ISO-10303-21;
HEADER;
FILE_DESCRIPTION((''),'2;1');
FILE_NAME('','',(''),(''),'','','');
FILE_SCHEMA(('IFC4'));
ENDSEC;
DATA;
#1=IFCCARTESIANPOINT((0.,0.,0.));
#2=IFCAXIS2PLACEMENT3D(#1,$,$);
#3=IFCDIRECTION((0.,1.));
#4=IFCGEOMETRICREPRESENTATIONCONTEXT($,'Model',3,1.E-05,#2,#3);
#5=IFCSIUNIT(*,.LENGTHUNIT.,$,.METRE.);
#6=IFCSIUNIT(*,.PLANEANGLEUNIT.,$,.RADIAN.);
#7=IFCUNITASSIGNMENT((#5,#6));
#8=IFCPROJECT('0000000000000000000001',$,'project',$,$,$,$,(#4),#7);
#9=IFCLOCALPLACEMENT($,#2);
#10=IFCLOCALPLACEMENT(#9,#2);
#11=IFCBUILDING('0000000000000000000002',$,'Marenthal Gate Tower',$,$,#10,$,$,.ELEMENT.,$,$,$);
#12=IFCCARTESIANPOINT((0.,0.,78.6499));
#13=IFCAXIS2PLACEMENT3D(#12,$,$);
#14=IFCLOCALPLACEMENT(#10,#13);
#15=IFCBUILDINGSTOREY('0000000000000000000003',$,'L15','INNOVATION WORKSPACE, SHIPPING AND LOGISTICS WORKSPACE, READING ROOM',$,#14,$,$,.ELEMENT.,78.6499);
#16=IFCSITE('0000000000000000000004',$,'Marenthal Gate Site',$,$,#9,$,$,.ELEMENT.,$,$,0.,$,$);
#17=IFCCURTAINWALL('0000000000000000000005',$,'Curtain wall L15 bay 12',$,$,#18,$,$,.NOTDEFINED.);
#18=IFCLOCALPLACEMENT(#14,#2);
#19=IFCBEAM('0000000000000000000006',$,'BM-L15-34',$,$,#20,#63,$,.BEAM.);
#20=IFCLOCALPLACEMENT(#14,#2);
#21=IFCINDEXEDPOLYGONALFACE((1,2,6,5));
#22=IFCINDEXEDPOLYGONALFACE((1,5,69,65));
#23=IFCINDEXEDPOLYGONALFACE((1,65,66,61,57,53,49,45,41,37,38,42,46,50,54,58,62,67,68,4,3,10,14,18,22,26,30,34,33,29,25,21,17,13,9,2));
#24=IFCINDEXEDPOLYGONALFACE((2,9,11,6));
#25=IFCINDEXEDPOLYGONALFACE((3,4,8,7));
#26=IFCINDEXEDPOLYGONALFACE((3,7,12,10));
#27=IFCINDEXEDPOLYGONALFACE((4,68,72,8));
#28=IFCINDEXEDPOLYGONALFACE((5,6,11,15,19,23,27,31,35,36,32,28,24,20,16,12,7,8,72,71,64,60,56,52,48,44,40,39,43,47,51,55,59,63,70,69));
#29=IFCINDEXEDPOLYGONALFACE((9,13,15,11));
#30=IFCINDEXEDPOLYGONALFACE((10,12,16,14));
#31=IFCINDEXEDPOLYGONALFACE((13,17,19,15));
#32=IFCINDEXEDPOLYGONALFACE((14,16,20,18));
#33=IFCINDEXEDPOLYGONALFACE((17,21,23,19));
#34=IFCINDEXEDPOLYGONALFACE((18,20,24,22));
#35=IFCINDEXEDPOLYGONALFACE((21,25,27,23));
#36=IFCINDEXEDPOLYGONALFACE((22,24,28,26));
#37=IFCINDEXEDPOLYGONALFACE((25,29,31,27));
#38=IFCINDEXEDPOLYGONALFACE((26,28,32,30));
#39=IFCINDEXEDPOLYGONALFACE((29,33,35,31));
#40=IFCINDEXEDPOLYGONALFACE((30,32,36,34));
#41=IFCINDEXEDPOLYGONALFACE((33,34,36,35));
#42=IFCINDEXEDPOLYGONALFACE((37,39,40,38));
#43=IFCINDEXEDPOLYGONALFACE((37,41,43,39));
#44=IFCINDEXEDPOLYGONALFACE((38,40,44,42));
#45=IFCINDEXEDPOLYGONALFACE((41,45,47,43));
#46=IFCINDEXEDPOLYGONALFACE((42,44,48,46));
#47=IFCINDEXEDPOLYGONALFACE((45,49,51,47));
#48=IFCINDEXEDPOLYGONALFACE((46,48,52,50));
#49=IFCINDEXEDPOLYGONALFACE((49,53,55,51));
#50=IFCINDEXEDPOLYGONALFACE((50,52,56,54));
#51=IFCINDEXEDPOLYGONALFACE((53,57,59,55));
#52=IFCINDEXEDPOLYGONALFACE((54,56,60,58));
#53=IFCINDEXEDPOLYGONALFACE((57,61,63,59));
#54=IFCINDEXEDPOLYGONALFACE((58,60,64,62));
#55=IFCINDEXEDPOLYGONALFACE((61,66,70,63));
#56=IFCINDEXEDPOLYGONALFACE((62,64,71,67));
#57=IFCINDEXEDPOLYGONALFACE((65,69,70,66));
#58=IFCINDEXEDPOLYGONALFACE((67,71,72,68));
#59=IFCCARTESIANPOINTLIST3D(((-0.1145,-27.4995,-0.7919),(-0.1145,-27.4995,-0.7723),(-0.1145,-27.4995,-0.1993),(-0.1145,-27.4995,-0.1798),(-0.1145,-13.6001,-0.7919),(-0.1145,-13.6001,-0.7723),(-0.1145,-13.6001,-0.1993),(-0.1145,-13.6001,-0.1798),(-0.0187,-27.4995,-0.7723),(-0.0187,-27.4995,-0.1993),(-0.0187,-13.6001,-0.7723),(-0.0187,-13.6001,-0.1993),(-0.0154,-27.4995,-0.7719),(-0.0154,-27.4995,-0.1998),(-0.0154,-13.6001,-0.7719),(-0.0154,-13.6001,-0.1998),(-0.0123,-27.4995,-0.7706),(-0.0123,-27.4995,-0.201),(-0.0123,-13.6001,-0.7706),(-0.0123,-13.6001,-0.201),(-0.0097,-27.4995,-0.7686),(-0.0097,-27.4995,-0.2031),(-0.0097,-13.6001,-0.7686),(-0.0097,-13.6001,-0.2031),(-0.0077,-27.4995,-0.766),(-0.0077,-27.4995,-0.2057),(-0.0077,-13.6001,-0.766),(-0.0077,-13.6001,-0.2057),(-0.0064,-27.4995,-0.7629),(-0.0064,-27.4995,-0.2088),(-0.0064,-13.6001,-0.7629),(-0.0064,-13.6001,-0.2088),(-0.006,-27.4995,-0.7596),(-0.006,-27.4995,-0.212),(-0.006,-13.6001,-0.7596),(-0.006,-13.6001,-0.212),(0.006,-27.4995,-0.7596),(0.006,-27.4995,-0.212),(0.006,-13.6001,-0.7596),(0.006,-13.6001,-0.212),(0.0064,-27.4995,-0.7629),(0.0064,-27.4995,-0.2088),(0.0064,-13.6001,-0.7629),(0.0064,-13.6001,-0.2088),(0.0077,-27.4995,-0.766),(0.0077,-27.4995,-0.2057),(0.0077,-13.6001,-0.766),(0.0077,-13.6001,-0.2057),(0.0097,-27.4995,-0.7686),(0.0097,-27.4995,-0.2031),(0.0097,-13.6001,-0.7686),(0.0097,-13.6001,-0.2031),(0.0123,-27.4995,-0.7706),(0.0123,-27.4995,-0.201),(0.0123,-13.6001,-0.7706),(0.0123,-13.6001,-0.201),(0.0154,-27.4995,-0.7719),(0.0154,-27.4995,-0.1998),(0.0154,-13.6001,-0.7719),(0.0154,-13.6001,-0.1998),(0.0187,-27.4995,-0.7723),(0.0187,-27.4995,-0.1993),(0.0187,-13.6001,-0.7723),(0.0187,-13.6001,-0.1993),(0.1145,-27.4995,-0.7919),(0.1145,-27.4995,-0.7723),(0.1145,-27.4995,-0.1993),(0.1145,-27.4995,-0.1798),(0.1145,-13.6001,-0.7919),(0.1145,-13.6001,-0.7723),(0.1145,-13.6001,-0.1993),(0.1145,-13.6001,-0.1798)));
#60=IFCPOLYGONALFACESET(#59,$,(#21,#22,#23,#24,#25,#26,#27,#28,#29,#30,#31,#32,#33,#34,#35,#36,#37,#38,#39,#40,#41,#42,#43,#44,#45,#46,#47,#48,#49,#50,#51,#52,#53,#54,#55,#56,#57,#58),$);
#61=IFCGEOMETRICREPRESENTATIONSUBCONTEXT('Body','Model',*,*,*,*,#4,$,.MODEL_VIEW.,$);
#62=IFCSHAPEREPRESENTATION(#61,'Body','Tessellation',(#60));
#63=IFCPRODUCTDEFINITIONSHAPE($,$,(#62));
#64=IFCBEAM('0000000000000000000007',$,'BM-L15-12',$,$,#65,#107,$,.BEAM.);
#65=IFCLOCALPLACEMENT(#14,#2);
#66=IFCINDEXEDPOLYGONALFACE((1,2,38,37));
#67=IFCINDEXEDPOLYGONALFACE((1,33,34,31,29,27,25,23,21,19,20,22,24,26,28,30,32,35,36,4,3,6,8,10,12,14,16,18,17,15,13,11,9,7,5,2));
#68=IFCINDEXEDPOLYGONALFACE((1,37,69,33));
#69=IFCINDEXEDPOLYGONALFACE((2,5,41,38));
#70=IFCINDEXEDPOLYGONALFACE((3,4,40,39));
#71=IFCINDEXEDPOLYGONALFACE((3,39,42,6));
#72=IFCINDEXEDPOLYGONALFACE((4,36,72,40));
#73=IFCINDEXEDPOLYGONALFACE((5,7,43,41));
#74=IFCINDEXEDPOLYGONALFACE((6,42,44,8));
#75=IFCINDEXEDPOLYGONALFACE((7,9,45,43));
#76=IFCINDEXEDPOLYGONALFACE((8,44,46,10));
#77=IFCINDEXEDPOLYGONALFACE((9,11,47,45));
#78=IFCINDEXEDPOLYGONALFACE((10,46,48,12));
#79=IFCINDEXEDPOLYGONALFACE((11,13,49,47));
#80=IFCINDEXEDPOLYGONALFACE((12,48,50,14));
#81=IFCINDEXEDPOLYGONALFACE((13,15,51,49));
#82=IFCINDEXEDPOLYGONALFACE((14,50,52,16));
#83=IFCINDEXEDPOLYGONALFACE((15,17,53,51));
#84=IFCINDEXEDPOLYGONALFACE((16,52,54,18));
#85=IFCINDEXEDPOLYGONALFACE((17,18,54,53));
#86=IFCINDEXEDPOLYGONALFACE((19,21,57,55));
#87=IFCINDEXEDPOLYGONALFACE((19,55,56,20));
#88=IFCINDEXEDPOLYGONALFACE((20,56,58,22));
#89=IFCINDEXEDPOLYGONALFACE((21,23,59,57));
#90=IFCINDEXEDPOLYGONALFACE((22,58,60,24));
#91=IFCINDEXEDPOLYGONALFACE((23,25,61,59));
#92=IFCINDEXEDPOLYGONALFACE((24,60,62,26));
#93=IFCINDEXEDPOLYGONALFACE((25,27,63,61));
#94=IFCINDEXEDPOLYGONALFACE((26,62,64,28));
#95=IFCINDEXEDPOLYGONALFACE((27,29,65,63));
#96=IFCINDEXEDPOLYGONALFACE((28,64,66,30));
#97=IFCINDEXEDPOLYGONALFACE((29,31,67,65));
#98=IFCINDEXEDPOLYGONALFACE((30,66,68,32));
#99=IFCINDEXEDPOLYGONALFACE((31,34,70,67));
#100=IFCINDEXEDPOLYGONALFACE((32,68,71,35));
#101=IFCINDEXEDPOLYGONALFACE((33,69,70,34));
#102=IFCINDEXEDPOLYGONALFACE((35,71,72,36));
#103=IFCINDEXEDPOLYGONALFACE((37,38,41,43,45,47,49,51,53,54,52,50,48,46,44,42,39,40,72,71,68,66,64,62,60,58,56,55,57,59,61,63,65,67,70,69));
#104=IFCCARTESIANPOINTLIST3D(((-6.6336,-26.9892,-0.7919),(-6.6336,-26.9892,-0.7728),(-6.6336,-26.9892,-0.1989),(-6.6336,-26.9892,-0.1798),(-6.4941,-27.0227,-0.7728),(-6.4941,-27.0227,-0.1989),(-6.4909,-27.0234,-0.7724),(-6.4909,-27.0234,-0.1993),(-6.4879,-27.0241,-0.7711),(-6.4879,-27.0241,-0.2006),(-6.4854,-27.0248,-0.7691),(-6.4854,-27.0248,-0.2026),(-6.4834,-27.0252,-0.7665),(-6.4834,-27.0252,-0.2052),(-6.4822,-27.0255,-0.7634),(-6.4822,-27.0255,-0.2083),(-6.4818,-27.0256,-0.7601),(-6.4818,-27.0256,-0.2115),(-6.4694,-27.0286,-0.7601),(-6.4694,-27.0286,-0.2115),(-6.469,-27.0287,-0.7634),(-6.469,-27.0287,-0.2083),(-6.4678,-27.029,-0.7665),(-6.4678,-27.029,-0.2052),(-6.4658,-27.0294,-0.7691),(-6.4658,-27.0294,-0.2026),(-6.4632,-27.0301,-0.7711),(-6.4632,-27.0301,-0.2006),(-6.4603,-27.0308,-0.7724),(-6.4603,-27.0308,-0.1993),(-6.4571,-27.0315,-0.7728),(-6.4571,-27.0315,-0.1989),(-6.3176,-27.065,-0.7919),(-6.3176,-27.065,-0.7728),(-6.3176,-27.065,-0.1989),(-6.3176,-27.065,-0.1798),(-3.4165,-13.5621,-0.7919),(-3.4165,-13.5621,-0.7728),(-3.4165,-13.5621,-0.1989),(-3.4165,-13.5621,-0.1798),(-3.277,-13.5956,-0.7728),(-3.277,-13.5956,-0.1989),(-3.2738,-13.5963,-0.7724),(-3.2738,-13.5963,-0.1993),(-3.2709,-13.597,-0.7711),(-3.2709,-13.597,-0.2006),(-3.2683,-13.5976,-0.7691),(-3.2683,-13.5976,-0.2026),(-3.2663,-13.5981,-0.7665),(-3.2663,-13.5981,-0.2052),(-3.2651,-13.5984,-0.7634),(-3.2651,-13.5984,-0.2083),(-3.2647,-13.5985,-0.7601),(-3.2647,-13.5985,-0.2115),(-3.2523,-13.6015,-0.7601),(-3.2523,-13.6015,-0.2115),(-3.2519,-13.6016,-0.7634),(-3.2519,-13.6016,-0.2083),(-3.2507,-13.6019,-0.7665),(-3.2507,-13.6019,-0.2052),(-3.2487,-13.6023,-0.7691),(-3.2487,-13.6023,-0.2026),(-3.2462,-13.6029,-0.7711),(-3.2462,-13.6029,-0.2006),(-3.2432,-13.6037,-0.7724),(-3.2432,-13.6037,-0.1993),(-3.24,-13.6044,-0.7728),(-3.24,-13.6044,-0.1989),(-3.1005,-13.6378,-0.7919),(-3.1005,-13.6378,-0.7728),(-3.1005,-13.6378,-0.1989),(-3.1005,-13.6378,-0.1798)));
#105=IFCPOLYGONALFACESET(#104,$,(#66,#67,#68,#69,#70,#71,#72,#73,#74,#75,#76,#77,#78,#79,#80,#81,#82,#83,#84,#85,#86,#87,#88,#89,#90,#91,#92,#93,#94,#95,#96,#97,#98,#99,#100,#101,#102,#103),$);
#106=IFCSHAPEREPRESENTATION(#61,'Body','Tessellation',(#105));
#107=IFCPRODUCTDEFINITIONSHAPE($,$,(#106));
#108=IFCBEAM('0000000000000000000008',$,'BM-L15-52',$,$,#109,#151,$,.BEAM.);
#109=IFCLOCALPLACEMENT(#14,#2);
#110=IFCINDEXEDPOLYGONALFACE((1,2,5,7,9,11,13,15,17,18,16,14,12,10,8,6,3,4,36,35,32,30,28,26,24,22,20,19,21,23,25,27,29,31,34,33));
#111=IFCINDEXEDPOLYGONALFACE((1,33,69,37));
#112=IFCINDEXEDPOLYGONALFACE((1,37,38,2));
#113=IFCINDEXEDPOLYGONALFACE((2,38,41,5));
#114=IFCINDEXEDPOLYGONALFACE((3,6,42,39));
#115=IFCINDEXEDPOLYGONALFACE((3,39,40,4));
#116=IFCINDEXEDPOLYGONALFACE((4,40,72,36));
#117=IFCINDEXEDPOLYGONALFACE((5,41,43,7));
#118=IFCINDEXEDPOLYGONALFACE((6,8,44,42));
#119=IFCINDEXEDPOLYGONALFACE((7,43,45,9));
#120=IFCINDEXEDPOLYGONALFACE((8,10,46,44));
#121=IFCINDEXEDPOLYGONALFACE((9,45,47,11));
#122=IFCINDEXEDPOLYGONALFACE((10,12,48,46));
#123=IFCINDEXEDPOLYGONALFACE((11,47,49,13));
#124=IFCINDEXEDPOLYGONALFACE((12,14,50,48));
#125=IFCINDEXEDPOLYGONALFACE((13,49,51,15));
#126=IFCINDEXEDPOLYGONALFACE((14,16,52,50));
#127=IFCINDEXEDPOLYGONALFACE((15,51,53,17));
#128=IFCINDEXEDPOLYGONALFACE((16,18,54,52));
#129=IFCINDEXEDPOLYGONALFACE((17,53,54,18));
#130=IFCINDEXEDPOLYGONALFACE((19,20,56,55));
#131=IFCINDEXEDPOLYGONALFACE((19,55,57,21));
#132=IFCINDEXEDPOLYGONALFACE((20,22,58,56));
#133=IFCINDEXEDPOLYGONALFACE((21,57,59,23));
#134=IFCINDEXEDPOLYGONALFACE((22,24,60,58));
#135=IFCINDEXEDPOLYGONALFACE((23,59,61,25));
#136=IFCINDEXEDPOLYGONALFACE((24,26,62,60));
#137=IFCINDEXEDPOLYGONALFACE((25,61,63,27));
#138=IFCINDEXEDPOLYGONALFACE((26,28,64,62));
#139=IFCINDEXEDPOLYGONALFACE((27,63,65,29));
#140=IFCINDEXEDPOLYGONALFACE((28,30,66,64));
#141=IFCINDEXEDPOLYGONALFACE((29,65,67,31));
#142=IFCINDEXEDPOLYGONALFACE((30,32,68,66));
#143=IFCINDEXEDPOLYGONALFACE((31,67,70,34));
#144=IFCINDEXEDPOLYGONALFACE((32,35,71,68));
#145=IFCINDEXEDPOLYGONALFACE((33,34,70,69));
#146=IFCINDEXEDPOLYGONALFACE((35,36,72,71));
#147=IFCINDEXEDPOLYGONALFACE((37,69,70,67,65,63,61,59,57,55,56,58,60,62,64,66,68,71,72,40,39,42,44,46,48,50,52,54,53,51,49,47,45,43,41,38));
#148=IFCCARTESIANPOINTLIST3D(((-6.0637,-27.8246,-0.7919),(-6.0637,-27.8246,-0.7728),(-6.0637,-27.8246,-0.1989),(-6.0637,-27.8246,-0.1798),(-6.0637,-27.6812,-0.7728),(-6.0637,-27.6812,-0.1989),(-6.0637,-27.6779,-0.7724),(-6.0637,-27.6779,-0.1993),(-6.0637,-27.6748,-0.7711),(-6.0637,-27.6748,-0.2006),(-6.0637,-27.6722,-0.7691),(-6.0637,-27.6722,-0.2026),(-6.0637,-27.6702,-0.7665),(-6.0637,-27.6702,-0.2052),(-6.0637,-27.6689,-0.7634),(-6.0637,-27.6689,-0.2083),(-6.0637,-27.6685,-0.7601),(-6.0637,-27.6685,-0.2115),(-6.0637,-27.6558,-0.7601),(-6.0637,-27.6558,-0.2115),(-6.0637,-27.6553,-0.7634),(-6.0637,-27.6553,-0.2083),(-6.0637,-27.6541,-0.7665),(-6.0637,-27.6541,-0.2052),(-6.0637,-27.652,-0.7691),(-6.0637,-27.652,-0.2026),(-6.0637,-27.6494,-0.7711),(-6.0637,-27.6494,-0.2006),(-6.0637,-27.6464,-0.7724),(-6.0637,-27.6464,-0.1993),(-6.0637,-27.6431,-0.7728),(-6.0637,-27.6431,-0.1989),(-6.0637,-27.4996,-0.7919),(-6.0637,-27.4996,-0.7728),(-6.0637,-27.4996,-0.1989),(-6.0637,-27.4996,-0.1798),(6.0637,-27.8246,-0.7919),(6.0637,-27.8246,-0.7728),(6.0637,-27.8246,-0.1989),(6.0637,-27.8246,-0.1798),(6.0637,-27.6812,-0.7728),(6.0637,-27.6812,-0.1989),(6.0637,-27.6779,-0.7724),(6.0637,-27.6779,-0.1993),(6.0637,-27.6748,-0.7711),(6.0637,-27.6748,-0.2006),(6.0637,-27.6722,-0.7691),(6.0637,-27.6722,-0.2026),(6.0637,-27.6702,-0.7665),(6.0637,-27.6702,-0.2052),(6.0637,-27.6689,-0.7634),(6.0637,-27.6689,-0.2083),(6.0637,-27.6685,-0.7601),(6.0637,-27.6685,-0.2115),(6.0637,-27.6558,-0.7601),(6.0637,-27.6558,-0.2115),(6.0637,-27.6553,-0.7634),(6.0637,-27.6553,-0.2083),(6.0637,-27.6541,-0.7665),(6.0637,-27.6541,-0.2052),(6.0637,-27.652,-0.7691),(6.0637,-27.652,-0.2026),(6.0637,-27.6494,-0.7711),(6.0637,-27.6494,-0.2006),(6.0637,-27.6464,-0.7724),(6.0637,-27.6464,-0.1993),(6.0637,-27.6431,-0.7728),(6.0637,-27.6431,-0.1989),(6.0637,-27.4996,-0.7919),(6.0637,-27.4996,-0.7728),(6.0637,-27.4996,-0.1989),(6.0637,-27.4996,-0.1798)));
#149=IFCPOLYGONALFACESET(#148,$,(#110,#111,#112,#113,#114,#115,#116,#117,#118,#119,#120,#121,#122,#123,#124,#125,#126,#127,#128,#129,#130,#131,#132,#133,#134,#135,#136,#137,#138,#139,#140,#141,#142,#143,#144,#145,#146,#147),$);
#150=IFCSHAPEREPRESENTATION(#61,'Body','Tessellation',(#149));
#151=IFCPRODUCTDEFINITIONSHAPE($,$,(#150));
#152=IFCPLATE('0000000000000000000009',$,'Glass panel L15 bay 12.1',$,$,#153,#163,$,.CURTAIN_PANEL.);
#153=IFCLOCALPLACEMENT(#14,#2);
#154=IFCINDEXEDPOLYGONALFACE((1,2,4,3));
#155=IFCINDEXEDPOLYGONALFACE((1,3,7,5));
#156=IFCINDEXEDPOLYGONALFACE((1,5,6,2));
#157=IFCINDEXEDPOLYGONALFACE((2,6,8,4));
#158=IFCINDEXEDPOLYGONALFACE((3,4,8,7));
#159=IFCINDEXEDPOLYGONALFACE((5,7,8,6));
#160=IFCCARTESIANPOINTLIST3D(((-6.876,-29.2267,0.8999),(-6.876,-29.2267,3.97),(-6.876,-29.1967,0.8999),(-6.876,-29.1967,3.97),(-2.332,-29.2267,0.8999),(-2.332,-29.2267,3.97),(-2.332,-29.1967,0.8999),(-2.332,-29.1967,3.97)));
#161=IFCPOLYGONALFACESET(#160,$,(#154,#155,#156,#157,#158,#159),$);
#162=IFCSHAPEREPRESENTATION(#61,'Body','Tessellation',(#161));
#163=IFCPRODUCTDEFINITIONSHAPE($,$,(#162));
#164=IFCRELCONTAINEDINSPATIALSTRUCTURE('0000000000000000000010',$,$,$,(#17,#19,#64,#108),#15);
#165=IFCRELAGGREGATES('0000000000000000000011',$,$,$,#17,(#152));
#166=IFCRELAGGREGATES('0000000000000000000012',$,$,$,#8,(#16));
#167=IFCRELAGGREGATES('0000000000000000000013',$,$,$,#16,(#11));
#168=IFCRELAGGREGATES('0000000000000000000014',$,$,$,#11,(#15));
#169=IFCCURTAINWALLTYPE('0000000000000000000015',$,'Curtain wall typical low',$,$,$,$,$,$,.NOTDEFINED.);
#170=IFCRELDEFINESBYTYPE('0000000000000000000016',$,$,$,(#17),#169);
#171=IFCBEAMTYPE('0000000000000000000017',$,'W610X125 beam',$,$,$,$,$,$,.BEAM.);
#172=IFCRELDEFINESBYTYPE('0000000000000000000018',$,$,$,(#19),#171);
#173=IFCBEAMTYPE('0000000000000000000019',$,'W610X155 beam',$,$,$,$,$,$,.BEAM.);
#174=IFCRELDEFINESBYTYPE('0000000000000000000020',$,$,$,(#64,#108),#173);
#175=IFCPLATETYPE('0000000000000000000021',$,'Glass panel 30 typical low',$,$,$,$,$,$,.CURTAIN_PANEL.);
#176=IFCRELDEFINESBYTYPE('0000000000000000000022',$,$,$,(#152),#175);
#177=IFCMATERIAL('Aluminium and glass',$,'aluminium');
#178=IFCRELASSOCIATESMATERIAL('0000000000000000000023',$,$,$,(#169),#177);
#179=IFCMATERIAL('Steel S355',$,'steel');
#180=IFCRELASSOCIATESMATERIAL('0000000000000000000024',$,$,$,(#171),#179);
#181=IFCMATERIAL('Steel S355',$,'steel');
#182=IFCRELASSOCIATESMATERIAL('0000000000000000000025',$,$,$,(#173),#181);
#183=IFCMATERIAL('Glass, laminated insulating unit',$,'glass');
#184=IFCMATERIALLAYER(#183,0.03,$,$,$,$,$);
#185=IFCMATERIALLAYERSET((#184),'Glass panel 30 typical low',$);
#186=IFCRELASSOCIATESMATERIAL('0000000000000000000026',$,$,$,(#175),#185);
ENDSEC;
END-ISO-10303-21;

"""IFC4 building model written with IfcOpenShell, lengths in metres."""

from ifc_helpers import new_model, si_unit, direction, frame, origin, origin_2d, place, context, subcontext, project, spatial, rectangle, i_section, extrude, material, layer, layer_set, material_profile, profile_set, type_object, element, aggregate, save


model = new_model("IFC4")

# Units and contexts
model_context = context("Model", 3, precision=1e-05, world=origin(), true_north=direction((0.0, 1.0)))
body_context = subcontext(model_context, "Body", "Model", "MODEL_VIEW")
ifc_project = project(units=[si_unit("LENGTHUNIT", "METRE"), si_unit("PLANEANGLEUNIT", "RADIAN")], contexts=[model_context])

# Site, building, storey
site_placement = place(None, origin())
site = spatial("IfcSite", under=ifc_project, at=site_placement, Name="Marenthal Gate Site", CompositionType="ELEMENT", RefElevation=0.0)
building_placement = place(site_placement, origin())
building = spatial("IfcBuilding", under=site, at=building_placement, Name="Marenthal Gate Tower", CompositionType="ELEMENT")
storey_placement = place(building_placement, frame((0.0, 0.0, 78.6499)))
storey = spatial("IfcBuildingStorey", under=building, at=storey_placement, Name="L15", Description="INNOVATION WORKSPACE, SHIPPING AND LOGISTICS WORKSPACE, READING ROOM", CompositionType="ELEMENT", Elevation=78.6499)

# Curtain wall
ifc_material_1 = material(Name="Aluminium and glass", Category="aluminium")
curtain_wall_type = type_object("IfcCurtainWallType", Name="Curtain wall typical low", PredefinedType="NOTDEFINED", material=ifc_material_1)
curtain_wall_placement = place(storey_placement, origin())
curtain_wall = element("IfcCurtainWall", 1, at=curtain_wall_placement, inside=storey, type_object=curtain_wall_type, Name="Curtain wall L15 bay 12", PredefinedType="NOTDEFINED")

# Beams
ifc_material_2 = material(Name="Steel S355", Category="steel")
ifc_material_profile_1 = material_profile(ifc_material_2, i_section(OverallWidth=0.229, OverallDepth=0.6121, WebThickness=0.012, FlangeThickness=0.0195, FilletRadius=0.0127, at=origin_2d()), Name="W610X125")
ifc_profile_set_1 = profile_set([ifc_material_profile_1], Name="Steel S355")
beam_type_1 = type_object("IfcBeamType", Name="W610X125 beam", PredefinedType="BEAM", material=ifc_profile_set_1)
beam_1_placement = place(storey_placement, frame((0.0, -27.4995, -0.4858), z_axis=(0.0, 1.0, 0.0), x_axis=(-1.0, 0.0, 0.0)))
element("IfcBeam", 2, at=beam_1_placement, inside=storey, type_object=beam_type_1, Name="BM-L15-34", PredefinedType="BEAM", context=body_context, shape_type="SweptSolid", body=[
    extrude(i_section(OverallWidth=0.229, OverallDepth=0.6121, WebThickness=0.012, FlangeThickness=0.0195, FilletRadius=0.0127, at=origin_2d()), origin(), (0.0, 0.0, 1.0), 13.8994),
])
ifc_material_3 = material(Name="Steel S355", Category="steel")
ifc_material_profile_2 = material_profile(ifc_material_3, i_section(OverallWidth=0.325, OverallDepth=0.6121, WebThickness=0.0127, FlangeThickness=0.019, FilletRadius=0.0127, at=origin_2d()), Name="W610X155")
ifc_profile_set_2 = profile_set([ifc_material_profile_2], Name="Steel S355")
beam_type_2 = type_object("IfcBeamType", Name="W610X155 beam", PredefinedType="BEAM", material=ifc_profile_set_2)
beam_2_placement = place(storey_placement, frame((-6.4756, -27.0271, -0.4858), z_axis=(0.233, 0.972477, 0.0), x_axis=(-0.972477, 0.233, 0.0)))
element("IfcBeam", 3, at=beam_2_placement, inside=storey, type_object=beam_type_2, Name="BM-L15-12", PredefinedType="BEAM", context=body_context, shape_type="SweptSolid", body=[
    extrude(i_section(OverallWidth=0.325, OverallDepth=0.6121, WebThickness=0.0127, FlangeThickness=0.019, FilletRadius=0.0127, at=origin_2d()), origin(), (0.0, 0.0, 1.0), 13.8071),
])
beam_3_placement = place(storey_placement, frame((-6.0637, -27.6621, -0.4858), z_axis=(1.0, 0.0, 0.0), x_axis=(0.0, 1.0, 0.0)))
element("IfcBeam", 4, at=beam_3_placement, inside=storey, type_object=beam_type_2, Name="BM-L15-52", PredefinedType="BEAM", context=body_context, shape_type="SweptSolid", body=[
    extrude(i_section(OverallWidth=0.325, OverallDepth=0.6121, WebThickness=0.0127, FlangeThickness=0.019, FilletRadius=0.0127, at=origin_2d()), origin(), (0.0, 0.0, 1.0), 12.1274),
])

# Plate
ifc_material_4 = material(Name="Glass, laminated insulating unit", Category="glass")
ifc_layer_1 = layer(ifc_material_4, 0.03)
ifc_layer_set_1 = layer_set([ifc_layer_1], Name="Glass panel 30 typical low")
plate_type = type_object("IfcPlateType", Name="Glass panel 30 typical low", PredefinedType="CURTAIN_PANEL", material=ifc_layer_set_1)
plate_placement = place(storey_placement, frame((-4.604, -29.2117, 0.8999), z_axis=(0.0, 0.0, 1.0), x_axis=(1.0, 0.0, 0.0)))
plate = element("IfcPlate", 5, at=plate_placement, type_object=plate_type, Name="Glass panel L15 bay 12.1", PredefinedType="CURTAIN_PANEL", context=body_context, shape_type="SweptSolid", body=[
    extrude(rectangle(XDim=4.5439, YDim=0.03, at=origin_2d()), origin(), (0.0, 0.0, 1.0), 3.0701),
])
aggregate(curtain_wall, [plate])

save(model, "model.ifc")
